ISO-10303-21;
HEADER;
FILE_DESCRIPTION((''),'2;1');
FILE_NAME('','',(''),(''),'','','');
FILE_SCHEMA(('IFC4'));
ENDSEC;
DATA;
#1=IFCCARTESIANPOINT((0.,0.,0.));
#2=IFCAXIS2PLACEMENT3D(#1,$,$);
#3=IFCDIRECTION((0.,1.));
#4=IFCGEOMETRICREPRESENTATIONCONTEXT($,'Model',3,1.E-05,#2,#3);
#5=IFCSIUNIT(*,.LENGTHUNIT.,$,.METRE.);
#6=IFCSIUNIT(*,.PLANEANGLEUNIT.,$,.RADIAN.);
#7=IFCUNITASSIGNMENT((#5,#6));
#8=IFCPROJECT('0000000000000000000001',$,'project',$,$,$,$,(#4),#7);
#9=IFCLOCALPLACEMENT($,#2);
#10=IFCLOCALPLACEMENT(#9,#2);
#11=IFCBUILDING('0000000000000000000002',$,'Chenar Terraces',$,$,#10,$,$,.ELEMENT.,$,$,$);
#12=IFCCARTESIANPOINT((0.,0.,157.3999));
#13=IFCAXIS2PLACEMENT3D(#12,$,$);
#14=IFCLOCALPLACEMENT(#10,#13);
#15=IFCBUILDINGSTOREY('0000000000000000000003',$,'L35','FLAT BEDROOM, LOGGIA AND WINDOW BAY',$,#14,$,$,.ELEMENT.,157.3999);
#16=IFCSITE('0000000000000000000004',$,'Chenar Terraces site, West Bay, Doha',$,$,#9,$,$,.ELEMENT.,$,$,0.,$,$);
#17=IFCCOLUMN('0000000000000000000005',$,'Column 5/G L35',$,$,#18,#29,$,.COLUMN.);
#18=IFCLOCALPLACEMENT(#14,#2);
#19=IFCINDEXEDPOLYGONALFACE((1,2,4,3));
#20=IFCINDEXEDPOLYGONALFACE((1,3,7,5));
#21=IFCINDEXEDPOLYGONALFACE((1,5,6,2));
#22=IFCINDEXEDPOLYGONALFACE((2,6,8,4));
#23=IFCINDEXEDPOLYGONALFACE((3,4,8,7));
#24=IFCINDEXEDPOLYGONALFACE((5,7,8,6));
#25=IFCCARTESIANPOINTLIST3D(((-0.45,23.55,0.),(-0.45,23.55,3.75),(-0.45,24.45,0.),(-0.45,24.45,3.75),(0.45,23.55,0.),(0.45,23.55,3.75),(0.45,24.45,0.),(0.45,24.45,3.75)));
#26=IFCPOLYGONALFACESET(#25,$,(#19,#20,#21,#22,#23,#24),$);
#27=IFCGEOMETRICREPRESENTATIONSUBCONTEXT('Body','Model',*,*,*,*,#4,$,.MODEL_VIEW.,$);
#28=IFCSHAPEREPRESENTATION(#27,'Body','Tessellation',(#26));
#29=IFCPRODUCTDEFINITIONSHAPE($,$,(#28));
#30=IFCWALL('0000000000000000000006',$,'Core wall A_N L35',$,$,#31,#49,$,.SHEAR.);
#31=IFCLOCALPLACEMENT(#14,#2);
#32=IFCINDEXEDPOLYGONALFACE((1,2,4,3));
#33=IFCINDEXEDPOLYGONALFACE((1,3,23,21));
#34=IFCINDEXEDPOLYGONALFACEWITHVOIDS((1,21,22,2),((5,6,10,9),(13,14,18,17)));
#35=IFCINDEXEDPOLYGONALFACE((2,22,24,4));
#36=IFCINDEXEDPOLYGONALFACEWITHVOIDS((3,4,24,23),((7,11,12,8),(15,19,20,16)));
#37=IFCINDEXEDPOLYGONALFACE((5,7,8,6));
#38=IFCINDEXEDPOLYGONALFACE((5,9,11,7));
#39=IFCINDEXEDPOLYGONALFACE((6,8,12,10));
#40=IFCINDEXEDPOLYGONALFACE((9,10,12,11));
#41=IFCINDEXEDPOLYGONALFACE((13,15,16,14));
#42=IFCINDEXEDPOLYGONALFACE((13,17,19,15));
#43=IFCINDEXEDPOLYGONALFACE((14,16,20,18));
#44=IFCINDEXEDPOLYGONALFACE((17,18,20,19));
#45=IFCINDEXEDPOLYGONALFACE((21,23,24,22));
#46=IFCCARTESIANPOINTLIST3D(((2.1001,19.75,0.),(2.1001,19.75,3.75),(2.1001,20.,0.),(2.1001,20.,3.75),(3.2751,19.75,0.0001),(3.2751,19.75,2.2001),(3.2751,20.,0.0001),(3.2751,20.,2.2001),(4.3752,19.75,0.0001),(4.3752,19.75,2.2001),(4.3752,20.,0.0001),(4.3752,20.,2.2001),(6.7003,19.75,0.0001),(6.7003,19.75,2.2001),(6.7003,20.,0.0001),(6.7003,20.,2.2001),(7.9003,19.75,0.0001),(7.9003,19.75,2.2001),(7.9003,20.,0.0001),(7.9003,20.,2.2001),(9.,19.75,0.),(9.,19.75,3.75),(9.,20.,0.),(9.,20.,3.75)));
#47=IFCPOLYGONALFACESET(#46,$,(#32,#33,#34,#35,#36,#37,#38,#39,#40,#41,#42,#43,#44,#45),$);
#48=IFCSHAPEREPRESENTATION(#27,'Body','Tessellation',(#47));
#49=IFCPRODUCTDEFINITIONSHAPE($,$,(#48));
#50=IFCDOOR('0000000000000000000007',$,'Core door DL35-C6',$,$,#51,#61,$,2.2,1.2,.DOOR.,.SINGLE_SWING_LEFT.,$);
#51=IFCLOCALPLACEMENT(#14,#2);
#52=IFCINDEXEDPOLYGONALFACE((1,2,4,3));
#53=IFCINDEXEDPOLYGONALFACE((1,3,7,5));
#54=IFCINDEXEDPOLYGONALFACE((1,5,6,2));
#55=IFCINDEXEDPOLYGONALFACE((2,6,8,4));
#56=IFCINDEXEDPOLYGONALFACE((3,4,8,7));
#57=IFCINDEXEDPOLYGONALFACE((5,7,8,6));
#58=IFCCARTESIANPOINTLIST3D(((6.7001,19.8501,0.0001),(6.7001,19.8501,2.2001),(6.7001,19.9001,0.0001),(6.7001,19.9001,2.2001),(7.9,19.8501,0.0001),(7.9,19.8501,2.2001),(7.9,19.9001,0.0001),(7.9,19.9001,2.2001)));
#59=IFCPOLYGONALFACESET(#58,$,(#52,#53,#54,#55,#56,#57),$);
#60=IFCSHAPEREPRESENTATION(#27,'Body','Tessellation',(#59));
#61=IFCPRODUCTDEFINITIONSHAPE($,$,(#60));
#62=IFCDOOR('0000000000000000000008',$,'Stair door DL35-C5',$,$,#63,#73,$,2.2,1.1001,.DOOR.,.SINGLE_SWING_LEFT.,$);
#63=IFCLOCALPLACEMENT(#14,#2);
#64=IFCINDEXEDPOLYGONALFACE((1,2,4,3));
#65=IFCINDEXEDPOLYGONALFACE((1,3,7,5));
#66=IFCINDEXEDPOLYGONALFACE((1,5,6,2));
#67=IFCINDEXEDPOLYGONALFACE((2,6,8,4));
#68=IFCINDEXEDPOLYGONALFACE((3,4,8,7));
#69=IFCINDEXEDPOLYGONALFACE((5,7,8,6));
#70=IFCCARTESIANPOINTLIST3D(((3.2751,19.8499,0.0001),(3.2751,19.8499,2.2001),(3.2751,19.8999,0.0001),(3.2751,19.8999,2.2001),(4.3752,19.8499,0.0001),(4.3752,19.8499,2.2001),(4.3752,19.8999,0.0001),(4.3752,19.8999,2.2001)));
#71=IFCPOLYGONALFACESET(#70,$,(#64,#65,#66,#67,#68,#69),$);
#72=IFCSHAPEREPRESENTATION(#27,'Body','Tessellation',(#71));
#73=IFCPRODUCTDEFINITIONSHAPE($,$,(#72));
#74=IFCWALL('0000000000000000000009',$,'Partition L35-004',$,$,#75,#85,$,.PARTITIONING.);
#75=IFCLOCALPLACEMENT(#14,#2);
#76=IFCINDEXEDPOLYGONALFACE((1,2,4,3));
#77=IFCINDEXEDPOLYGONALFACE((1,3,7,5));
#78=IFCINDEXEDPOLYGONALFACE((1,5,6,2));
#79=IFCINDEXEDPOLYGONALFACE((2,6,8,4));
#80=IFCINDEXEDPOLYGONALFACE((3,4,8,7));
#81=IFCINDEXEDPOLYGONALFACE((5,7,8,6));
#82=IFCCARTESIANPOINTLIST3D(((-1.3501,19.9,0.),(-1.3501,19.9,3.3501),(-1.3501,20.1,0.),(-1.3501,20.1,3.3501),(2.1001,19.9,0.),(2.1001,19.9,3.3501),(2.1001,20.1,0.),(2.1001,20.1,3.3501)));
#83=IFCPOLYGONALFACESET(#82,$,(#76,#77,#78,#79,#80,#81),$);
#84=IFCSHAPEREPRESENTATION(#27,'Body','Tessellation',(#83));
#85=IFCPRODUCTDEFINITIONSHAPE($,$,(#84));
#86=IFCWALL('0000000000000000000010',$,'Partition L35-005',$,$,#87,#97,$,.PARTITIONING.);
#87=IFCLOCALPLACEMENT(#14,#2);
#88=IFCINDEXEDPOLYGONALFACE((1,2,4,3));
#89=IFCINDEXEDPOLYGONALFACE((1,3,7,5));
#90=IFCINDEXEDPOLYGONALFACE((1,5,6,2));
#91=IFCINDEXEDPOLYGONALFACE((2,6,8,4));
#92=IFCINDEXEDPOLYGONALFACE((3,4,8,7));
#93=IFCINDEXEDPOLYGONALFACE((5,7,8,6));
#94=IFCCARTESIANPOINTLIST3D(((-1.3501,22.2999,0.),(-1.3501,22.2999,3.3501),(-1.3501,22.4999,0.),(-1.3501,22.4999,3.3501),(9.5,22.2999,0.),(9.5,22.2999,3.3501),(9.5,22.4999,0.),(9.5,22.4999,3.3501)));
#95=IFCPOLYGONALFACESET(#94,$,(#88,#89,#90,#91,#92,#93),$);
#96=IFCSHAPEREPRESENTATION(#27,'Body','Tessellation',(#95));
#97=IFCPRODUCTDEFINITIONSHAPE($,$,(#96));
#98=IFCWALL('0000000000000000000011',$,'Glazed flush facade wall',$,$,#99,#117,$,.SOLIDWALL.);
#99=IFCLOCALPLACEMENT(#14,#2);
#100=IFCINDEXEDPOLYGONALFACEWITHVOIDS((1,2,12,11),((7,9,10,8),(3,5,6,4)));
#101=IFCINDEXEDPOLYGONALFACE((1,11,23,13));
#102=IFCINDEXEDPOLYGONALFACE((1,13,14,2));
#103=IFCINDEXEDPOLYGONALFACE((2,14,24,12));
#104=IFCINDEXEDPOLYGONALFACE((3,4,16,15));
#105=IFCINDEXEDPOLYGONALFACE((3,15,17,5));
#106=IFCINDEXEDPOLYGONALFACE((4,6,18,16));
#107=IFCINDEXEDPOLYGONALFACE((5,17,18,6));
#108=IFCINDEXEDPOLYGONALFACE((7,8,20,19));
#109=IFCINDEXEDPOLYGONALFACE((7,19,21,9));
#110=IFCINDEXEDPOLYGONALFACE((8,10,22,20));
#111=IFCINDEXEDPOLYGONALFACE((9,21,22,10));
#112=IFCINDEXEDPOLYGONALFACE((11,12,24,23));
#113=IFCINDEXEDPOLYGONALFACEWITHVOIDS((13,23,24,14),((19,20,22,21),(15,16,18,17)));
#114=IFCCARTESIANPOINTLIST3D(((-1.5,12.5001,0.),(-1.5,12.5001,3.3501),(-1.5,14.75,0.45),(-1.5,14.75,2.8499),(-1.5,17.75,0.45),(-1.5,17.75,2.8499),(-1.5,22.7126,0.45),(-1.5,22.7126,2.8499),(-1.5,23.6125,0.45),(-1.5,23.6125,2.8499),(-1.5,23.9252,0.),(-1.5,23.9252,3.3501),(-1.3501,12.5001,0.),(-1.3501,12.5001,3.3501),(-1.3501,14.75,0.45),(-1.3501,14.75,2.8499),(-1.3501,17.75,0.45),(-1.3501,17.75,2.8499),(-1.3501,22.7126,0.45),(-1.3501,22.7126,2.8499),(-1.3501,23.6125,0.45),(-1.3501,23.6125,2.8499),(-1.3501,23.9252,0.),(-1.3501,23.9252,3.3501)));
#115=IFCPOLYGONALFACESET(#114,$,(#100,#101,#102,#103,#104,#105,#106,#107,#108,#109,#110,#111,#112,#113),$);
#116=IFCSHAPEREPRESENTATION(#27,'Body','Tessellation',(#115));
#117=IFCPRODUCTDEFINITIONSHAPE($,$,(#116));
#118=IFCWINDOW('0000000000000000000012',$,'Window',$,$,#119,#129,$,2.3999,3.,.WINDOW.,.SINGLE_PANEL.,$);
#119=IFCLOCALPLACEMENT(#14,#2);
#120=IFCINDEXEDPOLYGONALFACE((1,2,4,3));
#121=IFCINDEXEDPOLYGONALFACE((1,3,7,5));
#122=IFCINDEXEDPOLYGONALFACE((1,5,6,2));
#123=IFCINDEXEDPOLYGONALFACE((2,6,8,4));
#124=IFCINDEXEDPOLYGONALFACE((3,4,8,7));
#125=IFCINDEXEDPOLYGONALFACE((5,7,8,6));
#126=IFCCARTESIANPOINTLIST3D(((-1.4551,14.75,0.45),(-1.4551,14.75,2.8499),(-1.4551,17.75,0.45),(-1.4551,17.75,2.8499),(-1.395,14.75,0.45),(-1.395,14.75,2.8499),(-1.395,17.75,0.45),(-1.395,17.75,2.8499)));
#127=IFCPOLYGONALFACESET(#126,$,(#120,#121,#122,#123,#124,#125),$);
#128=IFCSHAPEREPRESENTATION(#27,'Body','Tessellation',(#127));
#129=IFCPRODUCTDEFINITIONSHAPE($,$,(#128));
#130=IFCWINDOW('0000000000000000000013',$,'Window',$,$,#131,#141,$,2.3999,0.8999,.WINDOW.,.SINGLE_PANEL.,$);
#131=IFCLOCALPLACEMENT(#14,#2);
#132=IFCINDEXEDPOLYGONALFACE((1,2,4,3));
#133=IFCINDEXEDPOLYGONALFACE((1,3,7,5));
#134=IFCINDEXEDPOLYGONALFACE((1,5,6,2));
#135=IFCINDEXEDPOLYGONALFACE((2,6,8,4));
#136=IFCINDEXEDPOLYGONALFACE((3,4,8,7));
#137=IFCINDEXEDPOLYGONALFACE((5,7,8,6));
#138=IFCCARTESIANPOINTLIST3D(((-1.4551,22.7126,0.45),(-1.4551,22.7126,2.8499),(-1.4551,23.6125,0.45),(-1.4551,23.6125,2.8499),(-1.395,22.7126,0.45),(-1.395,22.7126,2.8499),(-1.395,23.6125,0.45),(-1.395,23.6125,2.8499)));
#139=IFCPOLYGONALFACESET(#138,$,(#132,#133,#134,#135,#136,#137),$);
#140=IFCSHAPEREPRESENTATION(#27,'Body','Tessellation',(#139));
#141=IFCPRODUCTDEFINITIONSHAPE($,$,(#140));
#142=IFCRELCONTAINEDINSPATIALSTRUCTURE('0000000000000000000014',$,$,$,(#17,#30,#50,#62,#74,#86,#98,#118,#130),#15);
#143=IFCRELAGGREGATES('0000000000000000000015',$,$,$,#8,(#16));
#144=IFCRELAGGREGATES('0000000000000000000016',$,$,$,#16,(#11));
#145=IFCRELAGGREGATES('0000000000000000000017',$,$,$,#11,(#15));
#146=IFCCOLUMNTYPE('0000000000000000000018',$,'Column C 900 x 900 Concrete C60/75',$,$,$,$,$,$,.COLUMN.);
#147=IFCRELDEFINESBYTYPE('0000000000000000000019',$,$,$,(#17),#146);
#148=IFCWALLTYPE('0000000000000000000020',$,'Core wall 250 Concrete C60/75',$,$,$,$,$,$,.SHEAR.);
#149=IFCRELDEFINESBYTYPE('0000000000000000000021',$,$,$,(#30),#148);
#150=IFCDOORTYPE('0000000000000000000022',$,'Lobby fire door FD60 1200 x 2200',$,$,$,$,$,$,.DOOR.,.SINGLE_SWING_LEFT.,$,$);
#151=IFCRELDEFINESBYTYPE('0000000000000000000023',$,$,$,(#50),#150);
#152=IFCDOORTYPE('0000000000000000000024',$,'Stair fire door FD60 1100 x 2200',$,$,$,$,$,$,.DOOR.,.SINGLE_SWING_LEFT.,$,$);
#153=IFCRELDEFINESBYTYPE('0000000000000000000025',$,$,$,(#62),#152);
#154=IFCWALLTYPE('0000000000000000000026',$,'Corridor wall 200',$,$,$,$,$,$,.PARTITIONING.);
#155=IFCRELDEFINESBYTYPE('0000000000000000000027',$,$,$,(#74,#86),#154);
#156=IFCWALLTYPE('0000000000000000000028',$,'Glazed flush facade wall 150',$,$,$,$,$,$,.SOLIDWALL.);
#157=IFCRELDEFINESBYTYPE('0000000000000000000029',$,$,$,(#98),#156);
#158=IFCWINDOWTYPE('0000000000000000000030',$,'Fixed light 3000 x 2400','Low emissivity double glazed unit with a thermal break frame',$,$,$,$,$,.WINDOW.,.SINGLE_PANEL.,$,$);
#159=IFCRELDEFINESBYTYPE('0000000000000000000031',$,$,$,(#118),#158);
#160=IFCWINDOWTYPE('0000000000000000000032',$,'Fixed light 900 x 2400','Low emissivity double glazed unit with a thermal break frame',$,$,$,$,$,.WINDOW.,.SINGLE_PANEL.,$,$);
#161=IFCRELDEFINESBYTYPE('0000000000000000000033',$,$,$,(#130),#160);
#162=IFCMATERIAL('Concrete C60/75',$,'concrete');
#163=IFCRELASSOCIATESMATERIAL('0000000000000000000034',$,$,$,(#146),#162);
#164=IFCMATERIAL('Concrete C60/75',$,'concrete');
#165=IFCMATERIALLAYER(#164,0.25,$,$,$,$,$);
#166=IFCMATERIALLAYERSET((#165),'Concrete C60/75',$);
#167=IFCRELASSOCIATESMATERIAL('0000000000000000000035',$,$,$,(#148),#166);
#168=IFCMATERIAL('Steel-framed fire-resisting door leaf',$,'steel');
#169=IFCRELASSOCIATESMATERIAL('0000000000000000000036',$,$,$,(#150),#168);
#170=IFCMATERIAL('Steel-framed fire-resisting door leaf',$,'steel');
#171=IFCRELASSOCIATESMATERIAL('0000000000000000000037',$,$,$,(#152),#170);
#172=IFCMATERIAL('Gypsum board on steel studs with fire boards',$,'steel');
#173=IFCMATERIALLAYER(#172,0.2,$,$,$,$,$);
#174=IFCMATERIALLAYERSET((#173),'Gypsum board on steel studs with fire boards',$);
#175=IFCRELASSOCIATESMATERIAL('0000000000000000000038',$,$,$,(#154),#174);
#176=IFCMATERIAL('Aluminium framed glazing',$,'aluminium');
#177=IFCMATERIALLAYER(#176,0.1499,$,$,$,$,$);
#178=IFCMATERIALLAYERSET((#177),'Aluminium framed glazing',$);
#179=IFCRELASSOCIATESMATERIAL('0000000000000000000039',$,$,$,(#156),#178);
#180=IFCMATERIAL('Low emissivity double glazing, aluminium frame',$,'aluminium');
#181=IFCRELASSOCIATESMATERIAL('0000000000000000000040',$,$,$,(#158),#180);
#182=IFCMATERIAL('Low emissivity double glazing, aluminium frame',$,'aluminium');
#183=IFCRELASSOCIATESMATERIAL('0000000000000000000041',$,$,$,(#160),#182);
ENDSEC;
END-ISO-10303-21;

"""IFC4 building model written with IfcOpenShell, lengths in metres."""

from ifc_helpers import new_model, si_unit, direction, frame, frame_2d, origin, origin_2d, place, context, subcontext, project, spatial, rectangle, extrude, material, layer, layer_set, material_profile, profile_set, type_object, element, fill, save


model = new_model("IFC4")

# Units and contexts
model_context = context("Model", 3, precision=1e-05, world=origin(), true_north=direction((0.0, 1.0)))
body_context = subcontext(model_context, "Body", "Model", "MODEL_VIEW")
ifc_project = project(units=[si_unit("LENGTHUNIT", "METRE"), si_unit("PLANEANGLEUNIT", "RADIAN")], contexts=[model_context])

# Site, building, storey
site_placement = place(None, origin())
site = spatial("IfcSite", under=ifc_project, at=site_placement, Name="Chenar Terraces site, West Bay, Doha", CompositionType="ELEMENT", RefElevation=0.0)
building_placement = place(site_placement, origin())
building = spatial("IfcBuilding", under=site, at=building_placement, Name="Chenar Terraces", CompositionType="ELEMENT")
storey_placement = place(building_placement, frame((0.0, 0.0, 157.3999)))
storey = spatial("IfcBuildingStorey", under=building, at=storey_placement, Name="L35", Description="FLAT BEDROOM, LOGGIA AND WINDOW BAY", CompositionType="ELEMENT", Elevation=157.3999)

# Column
ifc_material_1 = material(Name="Concrete C60/75", Category="concrete")
ifc_material_profile_1 = material_profile(ifc_material_1, rectangle(XDim=0.8999, YDim=0.8999, at=origin_2d()), Name="C 900 x 900")
ifc_profile_set_1 = profile_set([ifc_material_profile_1], Name="Concrete C60/75")
column_type = type_object("IfcColumnType", Name="Column C 900 x 900 Concrete C60/75", PredefinedType="COLUMN", material=ifc_profile_set_1)
column_placement = place(storey_placement, frame((0.0, 24.0, 0.0), z_axis=(0.0, 0.0, 1.0), x_axis=(1.0, 0.0, 0.0)))
element("IfcColumn", 1, at=column_placement, inside=storey, type_object=column_type, Name="Column 5/G L35", PredefinedType="COLUMN", context=body_context, shape_type="SweptSolid", body=[
    extrude(rectangle(XDim=0.8999, YDim=0.8999, at=origin_2d()), origin(), (0.0, 0.0, 1.0), 3.75),
])

# Wall, openings, doors
ifc_material_2 = material(Name="Concrete C60/75", Category="concrete")
ifc_layer_1 = layer(ifc_material_2, 0.25)
ifc_layer_set_1 = layer_set([ifc_layer_1], Name="Concrete C60/75")
wall_type_1 = type_object("IfcWallType", Name="Core wall 250 Concrete C60/75", PredefinedType="SHEAR", material=ifc_layer_set_1)
wall_1_placement = place(storey_placement, frame((2.1001, 19.875, 0.0), z_axis=(0.0, 0.0, 1.0), x_axis=(1.0, 0.0, 0.0)))
wall_1 = element("IfcWall", 2, at=wall_1_placement, inside=storey, type_object=wall_type_1, Name="Core wall A_N L35", PredefinedType="SHEAR", context=body_context, shape_type="SweptSolid", body=[
    extrude(rectangle(XDim=6.8999, YDim=0.25, at=frame_2d((3.45, 0.0))), origin(), (0.0, 0.0, 1.0), 3.75),
])
opening_1_placement = place(wall_1_placement, frame((1.175, 0.0, 0.0)))
opening_1 = element("IfcOpeningElement", 3, at=opening_1_placement, cuts=wall_1, PredefinedType="OPENING", context=body_context, shape_type="SweptSolid", body=[
    extrude(rectangle(XDim=1.1001, YDim=2.2, at=frame_2d((0.55, 1.1001))), frame((0.0, 0.135, 0.0), z_axis=(0.0, -1.0, 0.0), x_axis=(1.0, 0.0, 0.0)), (0.0, 0.0, 1.0), 0.27),
])
opening_2_placement = place(wall_1_placement, frame((4.6001, 0.0, 0.0)))
opening_2 = element("IfcOpeningElement", 4, at=opening_2_placement, cuts=wall_1, PredefinedType="OPENING", context=body_context, shape_type="SweptSolid", body=[
    extrude(rectangle(XDim=1.2, YDim=2.2, at=frame_2d((0.6001, 1.1001))), frame((0.0, 0.135, 0.0), z_axis=(0.0, -1.0, 0.0), x_axis=(1.0, 0.0, 0.0)), (0.0, 0.0, 1.0), 0.27),
])
ifc_material_3 = material(Name="Steel-framed fire-resisting door leaf", Category="steel")
door_type_1 = type_object("IfcDoorType", Name="Lobby fire door FD60 1200 x 2200", OperationType="SINGLE_SWING_LEFT", PredefinedType="DOOR", material=ifc_material_3)
door_1_placement = place(opening_2_placement, frame((1.2, 0.0, 0.0), z_axis=(0.0, 0.0, 1.0), x_axis=(-1.0, 0.0, 0.0)))
door_1 = element("IfcDoor", 5, at=door_1_placement, inside=storey, type_object=door_type_1, Name="Core door DL35-C6", OperationType="SINGLE_SWING_LEFT", OverallHeight=2.2, OverallWidth=1.2, PredefinedType="DOOR", context=body_context, shape_type="SweptSolid", body=[
    extrude(rectangle(XDim=1.2, YDim=2.2, at=frame_2d((0.6001, 1.1001))), frame((0.0, 0.0249, 0.0), z_axis=(0.0, -1.0, 0.0), x_axis=(1.0, 0.0, 0.0)), (0.0, 0.0, 1.0), 0.05),
])
fill(opening_2, door_1)
ifc_material_4 = material(Name="Steel-framed fire-resisting door leaf", Category="steel")
door_type_2 = type_object("IfcDoorType", Name="Stair fire door FD60 1100 x 2200", OperationType="SINGLE_SWING_LEFT", PredefinedType="DOOR", material=ifc_material_4)
door_2_placement = place(opening_1_placement, origin())
door_2 = element("IfcDoor", 6, at=door_2_placement, inside=storey, type_object=door_type_2, Name="Stair door DL35-C5", OperationType="SINGLE_SWING_LEFT", OverallHeight=2.2, OverallWidth=1.1001, PredefinedType="DOOR", context=body_context, shape_type="SweptSolid", body=[
    extrude(rectangle(XDim=1.1001, YDim=2.2, at=frame_2d((0.55, 1.1001))), frame((0.0, 0.0249, 0.0), z_axis=(0.0, -1.0, 0.0), x_axis=(1.0, 0.0, 0.0)), (0.0, 0.0, 1.0), 0.05),
])
fill(opening_1, door_2)

# Walls
ifc_material_5 = material(Name="Gypsum board on steel studs with fire boards", Category="steel")
ifc_layer_2 = layer(ifc_material_5, 0.2)
ifc_layer_set_2 = layer_set([ifc_layer_2], Name="Gypsum board on steel studs with fire boards")
wall_type_2 = type_object("IfcWallType", Name="Corridor wall 200", PredefinedType="PARTITIONING", material=ifc_layer_set_2)
wall_2_placement = place(storey_placement, frame((-1.3501, 20.0, 0.0), z_axis=(0.0, 0.0, 1.0), x_axis=(1.0, 0.0, 0.0)))
element("IfcWall", 7, at=wall_2_placement, inside=storey, type_object=wall_type_2, Name="Partition L35-004", PredefinedType="PARTITIONING", context=body_context, shape_type="SweptSolid", body=[
    extrude(rectangle(XDim=3.4502, YDim=0.2, at=frame_2d((1.7251, 0.0))), origin(), (0.0, 0.0, 1.0), 3.3501),
])
wall_3_placement = place(storey_placement, frame((-1.3501, 22.3999, 0.0), z_axis=(0.0, 0.0, 1.0), x_axis=(1.0, 0.0, 0.0)))
element("IfcWall", 8, at=wall_3_placement, inside=storey, type_object=wall_type_2, Name="Partition L35-005", PredefinedType="PARTITIONING", context=body_context, shape_type="SweptSolid", body=[
    extrude(rectangle(XDim=10.8501, YDim=0.2, at=frame_2d((5.425, 0.0))), origin(), (0.0, 0.0, 1.0), 3.3501),
])

# Wall, openings, windows
ifc_material_6 = material(Name="Aluminium framed glazing", Category="aluminium")
ifc_layer_3 = layer(ifc_material_6, 0.1499)
ifc_layer_set_3 = layer_set([ifc_layer_3], Name="Aluminium framed glazing")
wall_type_3 = type_object("IfcWallType", Name="Glazed flush facade wall 150", PredefinedType="SOLIDWALL", material=ifc_layer_set_3)
wall_4_placement = place(storey_placement, frame((-1.425, 23.925, 0.0), z_axis=(0.0, 0.0, 1.0), x_axis=(0.0, -1.0, 0.0)))
wall_4 = element("IfcWall", 9, at=wall_4_placement, inside=storey, type_object=wall_type_3, Name="Glazed flush facade wall", PredefinedType="SOLIDWALL", context=body_context, shape_type="SweptSolid", body=[
    extrude(rectangle(XDim=11.425, YDim=0.1499, at=frame_2d((5.7124, 0.0))), origin(), (0.0, 0.0, 1.0), 3.3501),
])
opening_3_placement = place(wall_4_placement, frame((0.3125, 0.0, 0.45)))
opening_3 = element("IfcOpeningElement", 10, at=opening_3_placement, cuts=wall_4, PredefinedType="OPENING", context=body_context, shape_type="SweptSolid", body=[
    extrude(rectangle(XDim=0.8999, YDim=2.3999, at=frame_2d((0.45, 1.2))), frame((0.0, 0.085, 0.0), z_axis=(0.0, -1.0, 0.0), x_axis=(1.0, 0.0, 0.0)), (0.0, 0.0, 1.0), 0.1699),
])
opening_4_placement = place(wall_4_placement, frame((6.175, 0.0, 0.45)))
opening_4 = element("IfcOpeningElement", 11, at=opening_4_placement, cuts=wall_4, PredefinedType="OPENING", context=body_context, shape_type="SweptSolid", body=[
    extrude(rectangle(XDim=3.0, YDim=2.3999, at=frame_2d((1.5, 1.2))), frame((0.0, 0.085, 0.0), z_axis=(0.0, -1.0, 0.0), x_axis=(1.0, 0.0, 0.0)), (0.0, 0.0, 1.0), 0.1699),
])
ifc_material_7 = material(Name="Low emissivity double glazing, aluminium frame", Category="aluminium")
window_type_1 = type_object("IfcWindowType", Name="Fixed light 3000 x 2400", Description="Low emissivity double glazed unit with a thermal break frame", PartitioningType="SINGLE_PANEL", PredefinedType="WINDOW", material=ifc_material_7)
window_1_placement = place(opening_4_placement, origin())
window_1 = element("IfcWindow", 12, at=window_1_placement, inside=storey, type_object=window_type_1, Name="Window", OverallHeight=2.3999, OverallWidth=3.0, PartitioningType="SINGLE_PANEL", PredefinedType="WINDOW", context=body_context, shape_type="SweptSolid", body=[
    extrude(rectangle(XDim=3.0, YDim=2.3999, at=frame_2d((1.5, 1.2))), frame((0.0, 0.03, 0.0), z_axis=(0.0, -1.0, 0.0), x_axis=(1.0, 0.0, 0.0)), (0.0, 0.0, 1.0), 0.0601),
])
fill(opening_4, window_1)
ifc_material_8 = material(Name="Low emissivity double glazing, aluminium frame", Category="aluminium")
window_type_2 = type_object("IfcWindowType", Name="Fixed light 900 x 2400", Description="Low emissivity double glazed unit with a thermal break frame", PartitioningType="SINGLE_PANEL", PredefinedType="WINDOW", material=ifc_material_8)
window_2_placement = place(opening_3_placement, origin())
window_2 = element("IfcWindow", 13, at=window_2_placement, inside=storey, type_object=window_type_2, Name="Window", OverallHeight=2.3999, OverallWidth=0.8999, PartitioningType="SINGLE_PANEL", PredefinedType="WINDOW", context=body_context, shape_type="SweptSolid", body=[
    extrude(rectangle(XDim=0.8999, YDim=2.3999, at=frame_2d((0.45, 1.2))), frame((0.0, 0.03, 0.0), z_axis=(0.0, -1.0, 0.0), x_axis=(1.0, 0.0, 0.0)), (0.0, 0.0, 1.0), 0.0601),
])
fill(opening_3, window_2)

save(model, "model.ifc")
